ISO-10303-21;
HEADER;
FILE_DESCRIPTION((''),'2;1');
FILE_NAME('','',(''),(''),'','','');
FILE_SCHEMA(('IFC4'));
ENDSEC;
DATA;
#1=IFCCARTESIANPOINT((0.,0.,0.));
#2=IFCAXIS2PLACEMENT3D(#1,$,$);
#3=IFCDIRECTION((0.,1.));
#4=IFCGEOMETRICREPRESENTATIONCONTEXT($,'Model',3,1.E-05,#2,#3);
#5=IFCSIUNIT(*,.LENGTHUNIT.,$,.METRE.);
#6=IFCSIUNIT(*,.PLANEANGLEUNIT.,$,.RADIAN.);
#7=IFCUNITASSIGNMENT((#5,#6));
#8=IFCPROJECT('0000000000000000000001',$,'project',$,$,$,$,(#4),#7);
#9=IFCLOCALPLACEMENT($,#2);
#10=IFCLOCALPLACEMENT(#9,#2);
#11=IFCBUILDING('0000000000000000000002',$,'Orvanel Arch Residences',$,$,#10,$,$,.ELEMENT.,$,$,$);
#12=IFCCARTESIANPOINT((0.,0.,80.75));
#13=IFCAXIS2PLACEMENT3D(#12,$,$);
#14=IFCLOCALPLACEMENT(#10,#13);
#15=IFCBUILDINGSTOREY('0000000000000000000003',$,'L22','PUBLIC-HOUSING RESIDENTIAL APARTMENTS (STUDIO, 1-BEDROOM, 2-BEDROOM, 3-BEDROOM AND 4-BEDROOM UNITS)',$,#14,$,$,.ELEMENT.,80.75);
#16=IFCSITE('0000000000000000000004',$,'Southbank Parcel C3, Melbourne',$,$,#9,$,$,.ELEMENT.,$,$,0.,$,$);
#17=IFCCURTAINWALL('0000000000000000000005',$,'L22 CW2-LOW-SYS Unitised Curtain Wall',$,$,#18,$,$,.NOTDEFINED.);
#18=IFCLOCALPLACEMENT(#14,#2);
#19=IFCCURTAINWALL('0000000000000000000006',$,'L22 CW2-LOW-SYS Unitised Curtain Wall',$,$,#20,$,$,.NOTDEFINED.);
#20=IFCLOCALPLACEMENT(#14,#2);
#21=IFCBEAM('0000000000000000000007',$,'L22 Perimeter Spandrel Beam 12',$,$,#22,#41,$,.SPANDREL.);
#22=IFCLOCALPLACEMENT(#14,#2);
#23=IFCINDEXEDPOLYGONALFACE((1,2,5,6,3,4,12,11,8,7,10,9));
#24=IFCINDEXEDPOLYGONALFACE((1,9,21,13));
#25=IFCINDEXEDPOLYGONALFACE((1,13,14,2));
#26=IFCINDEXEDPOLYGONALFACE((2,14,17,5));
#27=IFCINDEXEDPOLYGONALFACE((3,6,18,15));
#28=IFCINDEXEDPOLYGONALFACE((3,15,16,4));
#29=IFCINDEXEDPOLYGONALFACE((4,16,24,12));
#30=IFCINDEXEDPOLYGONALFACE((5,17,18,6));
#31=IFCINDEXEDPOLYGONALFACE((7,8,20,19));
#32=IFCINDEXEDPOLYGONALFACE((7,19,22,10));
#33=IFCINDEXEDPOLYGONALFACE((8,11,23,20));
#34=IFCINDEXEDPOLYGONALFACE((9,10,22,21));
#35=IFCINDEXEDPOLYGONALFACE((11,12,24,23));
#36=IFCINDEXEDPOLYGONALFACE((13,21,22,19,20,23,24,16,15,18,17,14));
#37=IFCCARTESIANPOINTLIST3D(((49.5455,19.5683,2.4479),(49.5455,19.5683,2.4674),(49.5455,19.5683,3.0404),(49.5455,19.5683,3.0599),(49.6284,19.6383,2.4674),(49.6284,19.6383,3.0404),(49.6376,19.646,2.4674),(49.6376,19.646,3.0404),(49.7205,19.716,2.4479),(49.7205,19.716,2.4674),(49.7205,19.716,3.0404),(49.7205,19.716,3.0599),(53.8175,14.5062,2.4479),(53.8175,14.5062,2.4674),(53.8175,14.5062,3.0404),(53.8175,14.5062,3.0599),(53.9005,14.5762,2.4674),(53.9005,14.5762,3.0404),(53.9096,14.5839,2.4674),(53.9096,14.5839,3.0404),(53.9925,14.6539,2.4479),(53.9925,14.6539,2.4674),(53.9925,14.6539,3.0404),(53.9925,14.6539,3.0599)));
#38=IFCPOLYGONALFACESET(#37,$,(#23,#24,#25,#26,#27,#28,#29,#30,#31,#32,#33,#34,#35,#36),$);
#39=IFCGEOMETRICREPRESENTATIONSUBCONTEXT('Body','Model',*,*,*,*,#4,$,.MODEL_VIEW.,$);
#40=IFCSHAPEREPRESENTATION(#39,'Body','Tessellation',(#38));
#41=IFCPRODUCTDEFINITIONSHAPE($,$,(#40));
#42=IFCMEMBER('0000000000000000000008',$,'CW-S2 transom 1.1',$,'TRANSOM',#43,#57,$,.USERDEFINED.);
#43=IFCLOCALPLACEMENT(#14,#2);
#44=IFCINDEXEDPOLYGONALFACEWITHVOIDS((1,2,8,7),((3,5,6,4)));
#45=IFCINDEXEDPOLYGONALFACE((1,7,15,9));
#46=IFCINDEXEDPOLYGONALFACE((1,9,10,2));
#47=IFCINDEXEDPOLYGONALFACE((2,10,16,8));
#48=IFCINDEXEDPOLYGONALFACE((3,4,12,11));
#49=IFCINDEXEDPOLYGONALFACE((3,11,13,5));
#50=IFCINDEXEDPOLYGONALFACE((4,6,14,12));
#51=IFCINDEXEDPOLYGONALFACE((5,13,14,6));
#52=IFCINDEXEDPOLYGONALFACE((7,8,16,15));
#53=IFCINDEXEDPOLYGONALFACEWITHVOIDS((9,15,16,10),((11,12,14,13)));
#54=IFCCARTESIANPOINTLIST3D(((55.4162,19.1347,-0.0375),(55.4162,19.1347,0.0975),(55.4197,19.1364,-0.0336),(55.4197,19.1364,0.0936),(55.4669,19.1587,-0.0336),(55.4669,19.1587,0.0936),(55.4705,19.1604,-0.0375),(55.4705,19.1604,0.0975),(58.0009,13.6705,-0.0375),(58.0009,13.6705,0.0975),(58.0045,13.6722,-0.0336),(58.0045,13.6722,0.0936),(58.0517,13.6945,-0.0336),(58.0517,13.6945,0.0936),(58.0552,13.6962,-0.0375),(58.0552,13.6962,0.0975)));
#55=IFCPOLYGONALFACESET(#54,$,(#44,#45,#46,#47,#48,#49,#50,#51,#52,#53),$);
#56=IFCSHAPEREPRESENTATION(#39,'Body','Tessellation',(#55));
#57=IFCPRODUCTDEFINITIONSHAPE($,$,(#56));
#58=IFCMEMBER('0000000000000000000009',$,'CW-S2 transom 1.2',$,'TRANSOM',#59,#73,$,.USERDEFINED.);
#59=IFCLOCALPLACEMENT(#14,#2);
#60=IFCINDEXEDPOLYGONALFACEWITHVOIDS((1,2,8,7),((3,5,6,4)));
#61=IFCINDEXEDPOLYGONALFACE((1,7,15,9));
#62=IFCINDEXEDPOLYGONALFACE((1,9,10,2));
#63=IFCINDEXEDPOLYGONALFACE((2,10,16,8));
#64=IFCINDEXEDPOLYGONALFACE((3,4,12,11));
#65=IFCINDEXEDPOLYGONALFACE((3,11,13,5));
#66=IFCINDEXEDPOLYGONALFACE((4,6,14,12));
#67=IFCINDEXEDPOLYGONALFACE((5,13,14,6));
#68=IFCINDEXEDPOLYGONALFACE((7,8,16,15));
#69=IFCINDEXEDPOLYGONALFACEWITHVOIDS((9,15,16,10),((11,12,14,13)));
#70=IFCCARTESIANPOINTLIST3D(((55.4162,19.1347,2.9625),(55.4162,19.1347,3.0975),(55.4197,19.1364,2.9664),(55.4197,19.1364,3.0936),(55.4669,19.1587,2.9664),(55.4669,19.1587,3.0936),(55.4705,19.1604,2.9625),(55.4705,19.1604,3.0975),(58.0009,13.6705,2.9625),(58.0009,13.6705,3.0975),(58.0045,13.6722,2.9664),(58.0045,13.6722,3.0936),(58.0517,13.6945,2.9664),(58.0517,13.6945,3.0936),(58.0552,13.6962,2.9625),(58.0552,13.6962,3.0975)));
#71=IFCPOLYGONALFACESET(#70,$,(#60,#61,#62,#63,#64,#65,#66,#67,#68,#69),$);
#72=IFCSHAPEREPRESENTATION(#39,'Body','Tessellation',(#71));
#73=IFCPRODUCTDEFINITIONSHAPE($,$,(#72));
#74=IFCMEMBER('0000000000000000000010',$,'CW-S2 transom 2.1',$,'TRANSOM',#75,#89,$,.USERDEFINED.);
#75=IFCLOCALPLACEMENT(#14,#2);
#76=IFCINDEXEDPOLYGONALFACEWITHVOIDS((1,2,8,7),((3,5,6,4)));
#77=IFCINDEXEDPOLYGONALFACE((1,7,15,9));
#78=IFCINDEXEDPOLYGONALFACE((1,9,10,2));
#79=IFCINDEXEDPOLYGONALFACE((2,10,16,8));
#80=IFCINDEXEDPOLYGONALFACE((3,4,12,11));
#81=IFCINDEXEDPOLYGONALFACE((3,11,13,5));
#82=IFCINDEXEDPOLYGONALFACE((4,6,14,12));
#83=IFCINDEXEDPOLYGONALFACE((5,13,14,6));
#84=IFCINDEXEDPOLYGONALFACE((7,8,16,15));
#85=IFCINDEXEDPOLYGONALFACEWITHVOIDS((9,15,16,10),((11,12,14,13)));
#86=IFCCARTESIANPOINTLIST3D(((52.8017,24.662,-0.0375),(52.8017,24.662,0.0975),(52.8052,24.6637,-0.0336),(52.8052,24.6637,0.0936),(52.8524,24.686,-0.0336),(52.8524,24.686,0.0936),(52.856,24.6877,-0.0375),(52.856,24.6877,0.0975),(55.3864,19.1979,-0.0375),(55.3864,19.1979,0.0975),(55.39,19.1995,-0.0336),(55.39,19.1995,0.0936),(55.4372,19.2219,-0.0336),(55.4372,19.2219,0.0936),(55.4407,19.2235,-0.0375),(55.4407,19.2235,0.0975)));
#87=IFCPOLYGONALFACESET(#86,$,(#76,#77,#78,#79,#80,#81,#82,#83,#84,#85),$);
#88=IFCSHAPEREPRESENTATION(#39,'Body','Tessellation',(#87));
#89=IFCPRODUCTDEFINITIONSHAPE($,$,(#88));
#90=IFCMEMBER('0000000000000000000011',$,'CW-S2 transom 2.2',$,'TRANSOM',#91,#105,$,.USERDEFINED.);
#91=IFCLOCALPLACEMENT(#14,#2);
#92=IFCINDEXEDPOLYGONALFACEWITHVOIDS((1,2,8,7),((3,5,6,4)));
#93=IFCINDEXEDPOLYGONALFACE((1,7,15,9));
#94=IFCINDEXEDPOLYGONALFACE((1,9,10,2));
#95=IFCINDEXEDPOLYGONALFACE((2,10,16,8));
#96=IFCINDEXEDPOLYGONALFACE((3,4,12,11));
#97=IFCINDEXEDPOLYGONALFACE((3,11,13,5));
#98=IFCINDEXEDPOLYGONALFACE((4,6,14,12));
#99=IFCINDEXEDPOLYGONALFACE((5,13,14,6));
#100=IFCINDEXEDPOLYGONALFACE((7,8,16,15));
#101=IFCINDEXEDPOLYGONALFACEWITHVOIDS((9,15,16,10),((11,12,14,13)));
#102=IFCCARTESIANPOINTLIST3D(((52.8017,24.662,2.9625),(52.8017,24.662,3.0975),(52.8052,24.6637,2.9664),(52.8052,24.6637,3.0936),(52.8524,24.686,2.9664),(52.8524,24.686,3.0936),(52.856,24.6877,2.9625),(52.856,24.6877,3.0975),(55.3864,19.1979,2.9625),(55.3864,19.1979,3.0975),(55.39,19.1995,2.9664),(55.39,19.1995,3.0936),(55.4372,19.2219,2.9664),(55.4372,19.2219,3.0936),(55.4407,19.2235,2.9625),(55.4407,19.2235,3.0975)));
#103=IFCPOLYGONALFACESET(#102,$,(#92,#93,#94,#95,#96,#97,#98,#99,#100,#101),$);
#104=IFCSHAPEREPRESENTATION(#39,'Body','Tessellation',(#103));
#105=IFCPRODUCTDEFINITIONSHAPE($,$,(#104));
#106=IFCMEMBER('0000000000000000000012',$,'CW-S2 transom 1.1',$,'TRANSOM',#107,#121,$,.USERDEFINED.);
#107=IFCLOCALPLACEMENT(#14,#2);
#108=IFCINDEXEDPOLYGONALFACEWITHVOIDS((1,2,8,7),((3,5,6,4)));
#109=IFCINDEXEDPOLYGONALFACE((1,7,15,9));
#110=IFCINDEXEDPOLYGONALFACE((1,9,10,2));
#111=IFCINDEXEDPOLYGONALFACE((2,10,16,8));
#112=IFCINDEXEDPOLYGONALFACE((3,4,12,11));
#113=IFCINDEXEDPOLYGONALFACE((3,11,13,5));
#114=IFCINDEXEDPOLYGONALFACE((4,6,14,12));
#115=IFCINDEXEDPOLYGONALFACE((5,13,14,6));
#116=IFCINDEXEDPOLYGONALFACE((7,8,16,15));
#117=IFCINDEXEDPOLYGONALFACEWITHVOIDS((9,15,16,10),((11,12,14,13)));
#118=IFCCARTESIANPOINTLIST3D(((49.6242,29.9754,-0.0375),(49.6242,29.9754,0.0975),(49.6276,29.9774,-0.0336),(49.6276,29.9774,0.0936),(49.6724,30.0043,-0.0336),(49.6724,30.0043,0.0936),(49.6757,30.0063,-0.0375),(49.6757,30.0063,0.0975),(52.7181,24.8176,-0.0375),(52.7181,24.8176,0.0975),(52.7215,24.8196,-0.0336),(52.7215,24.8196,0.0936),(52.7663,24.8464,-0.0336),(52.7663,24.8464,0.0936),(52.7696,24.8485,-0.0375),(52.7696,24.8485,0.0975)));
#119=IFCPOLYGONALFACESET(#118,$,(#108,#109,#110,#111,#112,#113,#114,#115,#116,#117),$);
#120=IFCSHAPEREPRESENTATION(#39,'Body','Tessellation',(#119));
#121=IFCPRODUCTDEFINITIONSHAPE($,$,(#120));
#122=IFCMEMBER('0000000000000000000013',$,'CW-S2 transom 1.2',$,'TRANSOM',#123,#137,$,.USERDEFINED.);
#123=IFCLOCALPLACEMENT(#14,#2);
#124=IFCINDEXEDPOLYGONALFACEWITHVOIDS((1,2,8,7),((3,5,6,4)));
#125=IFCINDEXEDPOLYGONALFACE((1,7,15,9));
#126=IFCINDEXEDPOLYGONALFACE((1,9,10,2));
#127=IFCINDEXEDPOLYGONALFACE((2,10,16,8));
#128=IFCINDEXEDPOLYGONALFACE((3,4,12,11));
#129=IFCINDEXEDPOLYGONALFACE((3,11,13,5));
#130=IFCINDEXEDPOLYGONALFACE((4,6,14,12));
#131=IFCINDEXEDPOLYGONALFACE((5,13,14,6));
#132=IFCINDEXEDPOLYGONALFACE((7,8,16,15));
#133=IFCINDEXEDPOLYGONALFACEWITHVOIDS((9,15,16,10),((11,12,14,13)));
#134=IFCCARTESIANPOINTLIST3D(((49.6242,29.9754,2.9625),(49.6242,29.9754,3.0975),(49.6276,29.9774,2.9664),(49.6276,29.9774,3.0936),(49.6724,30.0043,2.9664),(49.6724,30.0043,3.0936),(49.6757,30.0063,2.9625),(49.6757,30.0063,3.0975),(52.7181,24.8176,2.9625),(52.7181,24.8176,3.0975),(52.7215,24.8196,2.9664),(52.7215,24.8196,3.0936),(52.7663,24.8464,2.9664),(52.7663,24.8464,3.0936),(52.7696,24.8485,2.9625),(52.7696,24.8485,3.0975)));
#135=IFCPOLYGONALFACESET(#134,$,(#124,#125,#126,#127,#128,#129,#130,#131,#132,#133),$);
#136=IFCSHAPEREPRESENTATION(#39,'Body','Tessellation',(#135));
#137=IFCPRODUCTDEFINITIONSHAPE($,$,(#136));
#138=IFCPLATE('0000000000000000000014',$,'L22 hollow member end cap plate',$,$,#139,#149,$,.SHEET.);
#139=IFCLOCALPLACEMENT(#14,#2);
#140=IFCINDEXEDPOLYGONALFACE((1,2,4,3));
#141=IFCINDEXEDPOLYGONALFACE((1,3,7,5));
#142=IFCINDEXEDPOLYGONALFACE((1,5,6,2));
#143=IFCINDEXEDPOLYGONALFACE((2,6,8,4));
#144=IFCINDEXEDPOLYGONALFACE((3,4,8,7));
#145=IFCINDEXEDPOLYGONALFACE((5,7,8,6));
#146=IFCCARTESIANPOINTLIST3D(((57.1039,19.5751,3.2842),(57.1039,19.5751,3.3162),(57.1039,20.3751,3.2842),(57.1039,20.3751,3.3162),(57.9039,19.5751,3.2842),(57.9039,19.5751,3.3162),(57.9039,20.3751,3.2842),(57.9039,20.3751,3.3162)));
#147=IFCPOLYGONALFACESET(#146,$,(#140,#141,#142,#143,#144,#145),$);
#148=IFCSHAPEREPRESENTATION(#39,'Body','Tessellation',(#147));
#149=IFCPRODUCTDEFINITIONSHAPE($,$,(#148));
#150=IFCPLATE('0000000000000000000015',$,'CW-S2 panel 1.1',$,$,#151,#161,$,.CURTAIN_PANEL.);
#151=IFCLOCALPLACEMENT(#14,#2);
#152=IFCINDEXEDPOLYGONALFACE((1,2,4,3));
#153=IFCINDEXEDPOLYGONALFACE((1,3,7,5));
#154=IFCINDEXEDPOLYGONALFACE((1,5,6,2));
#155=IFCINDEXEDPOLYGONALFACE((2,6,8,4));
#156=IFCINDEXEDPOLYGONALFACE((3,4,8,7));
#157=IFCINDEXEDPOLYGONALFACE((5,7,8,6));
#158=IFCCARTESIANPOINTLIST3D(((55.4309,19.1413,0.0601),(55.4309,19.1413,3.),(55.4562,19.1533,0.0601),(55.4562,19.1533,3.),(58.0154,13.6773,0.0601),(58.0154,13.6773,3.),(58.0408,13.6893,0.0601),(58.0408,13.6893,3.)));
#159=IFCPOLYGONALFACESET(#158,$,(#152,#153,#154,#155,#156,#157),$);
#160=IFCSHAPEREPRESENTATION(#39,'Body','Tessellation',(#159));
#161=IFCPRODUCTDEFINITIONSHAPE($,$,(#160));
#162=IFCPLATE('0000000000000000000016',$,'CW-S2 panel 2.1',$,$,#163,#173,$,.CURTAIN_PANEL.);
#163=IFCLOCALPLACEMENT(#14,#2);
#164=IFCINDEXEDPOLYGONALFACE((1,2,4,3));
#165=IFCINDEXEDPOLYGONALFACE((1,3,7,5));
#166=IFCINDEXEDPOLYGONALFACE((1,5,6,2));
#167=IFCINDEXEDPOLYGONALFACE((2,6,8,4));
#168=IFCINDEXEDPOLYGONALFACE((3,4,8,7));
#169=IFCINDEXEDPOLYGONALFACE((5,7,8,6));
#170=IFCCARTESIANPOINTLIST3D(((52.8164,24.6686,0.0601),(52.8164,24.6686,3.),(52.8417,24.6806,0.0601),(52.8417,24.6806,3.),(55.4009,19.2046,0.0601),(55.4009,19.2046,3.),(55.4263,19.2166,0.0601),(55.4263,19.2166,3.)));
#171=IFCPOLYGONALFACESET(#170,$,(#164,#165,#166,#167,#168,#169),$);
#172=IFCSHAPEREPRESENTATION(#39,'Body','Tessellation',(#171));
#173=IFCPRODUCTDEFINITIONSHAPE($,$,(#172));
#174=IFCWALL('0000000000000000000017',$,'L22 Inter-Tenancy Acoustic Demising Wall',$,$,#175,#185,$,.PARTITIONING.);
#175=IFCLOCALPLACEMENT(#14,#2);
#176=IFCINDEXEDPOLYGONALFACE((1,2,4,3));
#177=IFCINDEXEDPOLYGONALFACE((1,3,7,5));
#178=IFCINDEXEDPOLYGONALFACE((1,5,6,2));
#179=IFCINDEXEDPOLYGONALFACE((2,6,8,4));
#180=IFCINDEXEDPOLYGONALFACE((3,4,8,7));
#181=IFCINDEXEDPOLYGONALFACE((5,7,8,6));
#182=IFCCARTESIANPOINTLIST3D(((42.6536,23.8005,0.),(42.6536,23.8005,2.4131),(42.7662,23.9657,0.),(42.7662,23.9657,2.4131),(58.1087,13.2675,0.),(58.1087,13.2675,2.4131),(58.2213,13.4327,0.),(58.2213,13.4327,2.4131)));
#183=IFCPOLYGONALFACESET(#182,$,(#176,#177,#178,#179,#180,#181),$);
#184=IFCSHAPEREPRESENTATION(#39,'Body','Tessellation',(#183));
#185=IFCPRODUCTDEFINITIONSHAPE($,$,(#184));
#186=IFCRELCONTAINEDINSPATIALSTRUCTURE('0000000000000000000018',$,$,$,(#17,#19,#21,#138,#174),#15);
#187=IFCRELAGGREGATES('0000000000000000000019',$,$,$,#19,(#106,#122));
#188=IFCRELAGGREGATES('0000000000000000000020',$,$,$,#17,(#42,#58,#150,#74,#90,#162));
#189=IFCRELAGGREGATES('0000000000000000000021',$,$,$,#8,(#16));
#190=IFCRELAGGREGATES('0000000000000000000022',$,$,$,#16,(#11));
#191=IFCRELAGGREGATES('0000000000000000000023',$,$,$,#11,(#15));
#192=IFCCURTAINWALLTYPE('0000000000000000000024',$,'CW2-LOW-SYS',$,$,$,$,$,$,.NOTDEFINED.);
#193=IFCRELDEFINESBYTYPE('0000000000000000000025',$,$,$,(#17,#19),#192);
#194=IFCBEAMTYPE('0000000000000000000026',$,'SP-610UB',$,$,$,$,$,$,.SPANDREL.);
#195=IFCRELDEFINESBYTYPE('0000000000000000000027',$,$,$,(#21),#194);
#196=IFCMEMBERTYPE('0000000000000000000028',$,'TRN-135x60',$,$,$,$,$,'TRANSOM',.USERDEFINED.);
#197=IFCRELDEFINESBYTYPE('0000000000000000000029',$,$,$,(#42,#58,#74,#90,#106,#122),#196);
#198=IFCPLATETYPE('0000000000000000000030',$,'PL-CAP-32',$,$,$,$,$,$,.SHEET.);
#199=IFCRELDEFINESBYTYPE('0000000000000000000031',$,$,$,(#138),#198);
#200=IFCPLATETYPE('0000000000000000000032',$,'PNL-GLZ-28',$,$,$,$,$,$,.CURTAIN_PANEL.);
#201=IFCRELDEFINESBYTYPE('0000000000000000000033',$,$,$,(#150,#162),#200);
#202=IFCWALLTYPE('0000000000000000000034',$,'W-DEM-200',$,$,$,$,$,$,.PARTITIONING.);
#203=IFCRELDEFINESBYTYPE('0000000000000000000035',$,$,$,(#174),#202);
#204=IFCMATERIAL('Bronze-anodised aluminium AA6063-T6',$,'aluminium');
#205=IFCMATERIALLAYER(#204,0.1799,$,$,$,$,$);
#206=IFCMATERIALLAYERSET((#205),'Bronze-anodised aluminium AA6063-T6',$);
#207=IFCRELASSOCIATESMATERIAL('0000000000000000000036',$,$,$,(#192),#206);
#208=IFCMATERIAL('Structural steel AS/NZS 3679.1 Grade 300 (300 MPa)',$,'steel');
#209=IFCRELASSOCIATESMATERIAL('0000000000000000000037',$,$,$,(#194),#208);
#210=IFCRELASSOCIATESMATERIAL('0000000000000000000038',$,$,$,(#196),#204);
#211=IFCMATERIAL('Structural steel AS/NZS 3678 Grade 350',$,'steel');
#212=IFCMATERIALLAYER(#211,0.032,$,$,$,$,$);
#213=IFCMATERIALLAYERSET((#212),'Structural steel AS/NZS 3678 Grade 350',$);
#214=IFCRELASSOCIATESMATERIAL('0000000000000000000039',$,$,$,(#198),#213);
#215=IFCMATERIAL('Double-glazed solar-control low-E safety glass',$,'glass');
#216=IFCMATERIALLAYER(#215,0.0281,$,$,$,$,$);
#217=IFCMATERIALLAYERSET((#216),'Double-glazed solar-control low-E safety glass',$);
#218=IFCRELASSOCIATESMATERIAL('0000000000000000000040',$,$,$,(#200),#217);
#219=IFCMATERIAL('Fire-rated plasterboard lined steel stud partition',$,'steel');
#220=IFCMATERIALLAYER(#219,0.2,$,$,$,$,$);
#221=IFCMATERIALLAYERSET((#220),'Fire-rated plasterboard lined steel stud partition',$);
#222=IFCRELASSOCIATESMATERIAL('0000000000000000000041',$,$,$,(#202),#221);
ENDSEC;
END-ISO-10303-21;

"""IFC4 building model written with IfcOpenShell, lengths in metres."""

from ifc_helpers import new_model, si_unit, direction, frame, frame_2d, origin, origin_2d, place, context, subcontext, project, spatial, rectangle, hollow_rectangle, i_section, extrude, material, layer, layer_set, material_profile, profile_set, type_object, element, aggregate, save


model = new_model("IFC4")

# Units and contexts
model_context = context("Model", 3, precision=1e-05, world=origin(), true_north=direction((0.0, 1.0)))
body_context = subcontext(model_context, "Body", "Model", "MODEL_VIEW")
ifc_project = project(units=[si_unit("LENGTHUNIT", "METRE"), si_unit("PLANEANGLEUNIT", "RADIAN")], contexts=[model_context])

# Site, building, storey
site_placement = place(None, origin())
site = spatial("IfcSite", under=ifc_project, at=site_placement, Name="Southbank Parcel C3, Melbourne", CompositionType="ELEMENT", RefElevation=0.0)
building_placement = place(site_placement, origin())
building = spatial("IfcBuilding", under=site, at=building_placement, Name="Orvanel Arch Residences", CompositionType="ELEMENT")
storey_placement = place(building_placement, frame((0.0, 0.0, 80.75)))
storey = spatial("IfcBuildingStorey", under=building, at=storey_placement, Name="L22", Description="PUBLIC-HOUSING RESIDENTIAL APARTMENTS (STUDIO, 1-BEDROOM, 2-BEDROOM, 3-BEDROOM AND 4-BEDROOM UNITS)", CompositionType="ELEMENT", Elevation=80.75)

# Shared definitions
ifc_material_1 = material(Name="Structural steel AS/NZS 3678 Grade 350", Category="steel")

# Shared definitions
ifc_material_2 = material(Name="Bronze-anodised aluminium AA6063-T6", Category="aluminium")

# Curtain wall
ifc_layer_1 = layer(ifc_material_2, 0.1799)
ifc_layer_set_1 = layer_set([ifc_layer_1], Name="Bronze-anodised aluminium AA6063-T6")
curtain_wall_type_1 = type_object("IfcCurtainWallType", Name="CW2-LOW-SYS", PredefinedType="NOTDEFINED", material=ifc_layer_set_1)
curtain_wall_1_placement = place(storey_placement, origin())
curtain_wall_1 = element("IfcCurtainWall", 1, at=curtain_wall_1_placement, inside=storey, type_object=curtain_wall_type_1, Name="L22 CW2-LOW-SYS Unitised Curtain Wall", PredefinedType="NOTDEFINED")

# Curtain wall
curtain_wall_2_placement = place(storey_placement, origin())
curtain_wall_2 = element("IfcCurtainWall", 2, at=curtain_wall_2_placement, inside=storey, type_object=curtain_wall_type_1, Name="L22 CW2-LOW-SYS Unitised Curtain Wall", PredefinedType="NOTDEFINED")

# Beam
ifc_material_3 = material(Name="Structural steel AS/NZS 3679.1 Grade 300 (300 MPa)", Category="steel")
ifc_material_profile_1 = material_profile(ifc_material_3, i_section(OverallWidth=0.229, OverallDepth=0.6121, WebThickness=0.012, FlangeThickness=0.0195, at=origin_2d()), Name="610UB125")
ifc_profile_set_1 = profile_set([ifc_material_profile_1], Name="Structural steel AS/NZS 3679.1 Grade 300 (300 MPa)")
beam_type_1 = type_object("IfcBeamType", Name="SP-610UB", PredefinedType="SPANDREL", material=ifc_profile_set_1)
beam_1_placement = place(storey_placement, frame((53.905, 14.5801, 2.7539), z_axis=(-0.64495, 0.764224, 0.0), x_axis=(-0.764224, -0.64495, 0.0)))
element("IfcBeam", 3, at=beam_1_placement, inside=storey, type_object=beam_type_1, Name="L22 Perimeter Spandrel Beam 12", PredefinedType="SPANDREL", context=body_context, shape_type="SweptSolid", body=[
    extrude(i_section(OverallWidth=0.229, OverallDepth=0.6121, WebThickness=0.012, FlangeThickness=0.0195, at=origin_2d()), origin(), (0.0, 0.0, 1.0), 6.6238),
])

# Members
ifc_material_profile_2 = material_profile(ifc_material_2, hollow_rectangle(XDim=0.0601, YDim=0.135, WallThickness=0.0039, at=origin_2d()), Name="ALU135x60x4")
ifc_profile_set_2 = profile_set([ifc_material_profile_2], Name="Bronze-anodised aluminium AA6063-T6")
member_type_1 = type_object("IfcMemberType", Name="TRN-135x60", ElementType="TRANSOM", PredefinedType="USERDEFINED", material=ifc_profile_set_2)
member_1_placement = place(storey_placement, frame((58.0281, 13.6833, 0.03), z_axis=(-0.427607, 0.903965, 0.0), x_axis=(-0.903965, -0.427607, 0.0)))
member_1 = element("IfcMember", 4, at=member_1_placement, type_object=member_type_1, Name="CW-S2 transom 1.1", ObjectType="TRANSOM", PredefinedType="USERDEFINED", context=body_context, shape_type="SweptSolid", body=[
    extrude(hollow_rectangle(XDim=0.0601, YDim=0.135, WallThickness=0.0039, at=origin_2d()), origin(), (0.0, 0.0, 1.0), 6.0447),
])
member_2_placement = place(storey_placement, frame((58.0281, 13.6833, 3.03), z_axis=(-0.427607, 0.903965, 0.0), x_axis=(-0.903965, -0.427607, 0.0)))
member_2 = element("IfcMember", 5, at=member_2_placement, type_object=member_type_1, Name="CW-S2 transom 1.2", ObjectType="TRANSOM", PredefinedType="USERDEFINED", context=body_context, shape_type="SweptSolid", body=[
    extrude(hollow_rectangle(XDim=0.0601, YDim=0.135, WallThickness=0.0039, at=origin_2d()), origin(), (0.0, 0.0, 1.0), 6.0447),
])
member_3_placement = place(storey_placement, frame((55.4136, 19.2107, 0.03), z_axis=(-0.427607, 0.903965, 0.0), x_axis=(-0.903965, -0.427607, 0.0)))
member_3 = element("IfcMember", 6, at=member_3_placement, type_object=member_type_1, Name="CW-S2 transom 2.1", ObjectType="TRANSOM", PredefinedType="USERDEFINED", context=body_context, shape_type="SweptSolid", body=[
    extrude(hollow_rectangle(XDim=0.0601, YDim=0.135, WallThickness=0.0039, at=origin_2d()), origin(), (0.0, 0.0, 1.0), 6.0447),
])
member_4_placement = place(storey_placement, frame((55.4136, 19.2107, 3.03), z_axis=(-0.427607, 0.903965, 0.0), x_axis=(-0.903965, -0.427607, 0.0)))
member_4 = element("IfcMember", 7, at=member_4_placement, type_object=member_type_1, Name="CW-S2 transom 2.2", ObjectType="TRANSOM", PredefinedType="USERDEFINED", context=body_context, shape_type="SweptSolid", body=[
    extrude(hollow_rectangle(XDim=0.0601, YDim=0.135, WallThickness=0.0039, at=origin_2d()), origin(), (0.0, 0.0, 1.0), 6.0447),
])
member_5_placement = place(storey_placement, frame((52.7439, 24.833, 0.03), z_axis=(-0.5144, 0.85755, 0.0), x_axis=(-0.85755, -0.5144, 0.0)))
member_5 = element("IfcMember", 8, at=member_5_placement, type_object=member_type_1, Name="CW-S2 transom 1.1", ObjectType="TRANSOM", PredefinedType="USERDEFINED", context=body_context, shape_type="SweptSolid", body=[
    extrude(hollow_rectangle(XDim=0.0601, YDim=0.135, WallThickness=0.0039, at=origin_2d()), origin(), (0.0, 0.0, 1.0), 6.0146),
])
member_6_placement = place(storey_placement, frame((52.7439, 24.833, 3.03), z_axis=(-0.5144, 0.85755, 0.0), x_axis=(-0.85755, -0.5144, 0.0)))
member_6 = element("IfcMember", 9, at=member_6_placement, type_object=member_type_1, Name="CW-S2 transom 1.2", ObjectType="TRANSOM", PredefinedType="USERDEFINED", context=body_context, shape_type="SweptSolid", body=[
    extrude(hollow_rectangle(XDim=0.0601, YDim=0.135, WallThickness=0.0039, at=origin_2d()), origin(), (0.0, 0.0, 1.0), 6.0146),
])
aggregate(curtain_wall_2, [member_5, member_6])

# Plates
ifc_layer_2 = layer(ifc_material_1, 0.032)
ifc_layer_set_2 = layer_set([ifc_layer_2], Name="Structural steel AS/NZS 3678 Grade 350")
plate_type_1 = type_object("IfcPlateType", Name="PL-CAP-32", PredefinedType="SHEET", material=ifc_layer_set_2)
plate_1_placement = place(storey_placement, frame((57.5039, 19.9751, 3.2842), z_axis=(0.0, 0.0, 1.0), x_axis=(1.0, 0.0, 0.0)))
element("IfcPlate", 10, at=plate_1_placement, inside=storey, type_object=plate_type_1, Name="L22 hollow member end cap plate", PredefinedType="SHEET", context=body_context, shape_type="SweptSolid", body=[
    extrude(rectangle(XDim=0.8, YDim=0.8, at=origin_2d()), origin(), (0.0, 0.0, 1.0), 0.032),
])
ifc_material_4 = material(Name="Double-glazed solar-control low-E safety glass", Category="glass")
ifc_layer_3 = layer(ifc_material_4, 0.0281)
ifc_layer_set_3 = layer_set([ifc_layer_3], Name="Double-glazed solar-control low-E safety glass")
plate_type_2 = type_object("IfcPlateType", Name="PNL-GLZ-28", PredefinedType="CURTAIN_PANEL", material=ifc_layer_set_3)
plate_2_placement = place(storey_placement, frame((56.7358, 16.4153, 0.0601), z_axis=(0.0, 0.0, 1.0), x_axis=(-0.427593, 0.903971, 0.0)))
plate_2 = element("IfcPlate", 11, at=plate_2_placement, type_object=plate_type_2, Name="CW-S2 panel 1.1", PredefinedType="CURTAIN_PANEL", context=body_context, shape_type="SweptSolid", body=[
    extrude(rectangle(XDim=6.0444, YDim=0.0281, at=origin_2d()), origin(), (0.0, 0.0, 1.0), 2.9399),
])
plate_3_placement = place(storey_placement, frame((54.1213, 21.9426, 0.0601), z_axis=(0.0, 0.0, 1.0), x_axis=(-0.427593, 0.903971, 0.0)))
plate_3 = element("IfcPlate", 12, at=plate_3_placement, type_object=plate_type_2, Name="CW-S2 panel 2.1", PredefinedType="CURTAIN_PANEL", context=body_context, shape_type="SweptSolid", body=[
    extrude(rectangle(XDim=6.0444, YDim=0.0281, at=origin_2d()), origin(), (0.0, 0.0, 1.0), 2.9399),
])
aggregate(curtain_wall_1, [member_1, member_2, plate_2, member_3, member_4, plate_3])

# Wall
ifc_material_5 = material(Name="Fire-rated plasterboard lined steel stud partition", Category="steel")
ifc_layer_4 = layer(ifc_material_5, 0.2)
ifc_layer_set_4 = layer_set([ifc_layer_4], Name="Fire-rated plasterboard lined steel stud partition")
wall_type_1 = type_object("IfcWallType", Name="W-DEM-200", PredefinedType="PARTITIONING", material=ifc_layer_set_4)
wall_1_placement = place(storey_placement, frame((58.165, 13.3501, 0.0), z_axis=(0.0, 0.0, 1.0), x_axis=(-0.826342, 0.563169, 0.0)))
element("IfcWall", 13, at=wall_1_placement, inside=storey, type_object=wall_type_1, Name="L22 Inter-Tenancy Acoustic Demising Wall", PredefinedType="PARTITIONING", context=body_context, shape_type="SweptSolid", body=[
    extrude(rectangle(XDim=18.7031, YDim=0.2, at=frame_2d((9.3516, 0.0))), origin(), (0.0, 0.0, 1.0), 2.4131),
])

save(model, "model.ifc")
